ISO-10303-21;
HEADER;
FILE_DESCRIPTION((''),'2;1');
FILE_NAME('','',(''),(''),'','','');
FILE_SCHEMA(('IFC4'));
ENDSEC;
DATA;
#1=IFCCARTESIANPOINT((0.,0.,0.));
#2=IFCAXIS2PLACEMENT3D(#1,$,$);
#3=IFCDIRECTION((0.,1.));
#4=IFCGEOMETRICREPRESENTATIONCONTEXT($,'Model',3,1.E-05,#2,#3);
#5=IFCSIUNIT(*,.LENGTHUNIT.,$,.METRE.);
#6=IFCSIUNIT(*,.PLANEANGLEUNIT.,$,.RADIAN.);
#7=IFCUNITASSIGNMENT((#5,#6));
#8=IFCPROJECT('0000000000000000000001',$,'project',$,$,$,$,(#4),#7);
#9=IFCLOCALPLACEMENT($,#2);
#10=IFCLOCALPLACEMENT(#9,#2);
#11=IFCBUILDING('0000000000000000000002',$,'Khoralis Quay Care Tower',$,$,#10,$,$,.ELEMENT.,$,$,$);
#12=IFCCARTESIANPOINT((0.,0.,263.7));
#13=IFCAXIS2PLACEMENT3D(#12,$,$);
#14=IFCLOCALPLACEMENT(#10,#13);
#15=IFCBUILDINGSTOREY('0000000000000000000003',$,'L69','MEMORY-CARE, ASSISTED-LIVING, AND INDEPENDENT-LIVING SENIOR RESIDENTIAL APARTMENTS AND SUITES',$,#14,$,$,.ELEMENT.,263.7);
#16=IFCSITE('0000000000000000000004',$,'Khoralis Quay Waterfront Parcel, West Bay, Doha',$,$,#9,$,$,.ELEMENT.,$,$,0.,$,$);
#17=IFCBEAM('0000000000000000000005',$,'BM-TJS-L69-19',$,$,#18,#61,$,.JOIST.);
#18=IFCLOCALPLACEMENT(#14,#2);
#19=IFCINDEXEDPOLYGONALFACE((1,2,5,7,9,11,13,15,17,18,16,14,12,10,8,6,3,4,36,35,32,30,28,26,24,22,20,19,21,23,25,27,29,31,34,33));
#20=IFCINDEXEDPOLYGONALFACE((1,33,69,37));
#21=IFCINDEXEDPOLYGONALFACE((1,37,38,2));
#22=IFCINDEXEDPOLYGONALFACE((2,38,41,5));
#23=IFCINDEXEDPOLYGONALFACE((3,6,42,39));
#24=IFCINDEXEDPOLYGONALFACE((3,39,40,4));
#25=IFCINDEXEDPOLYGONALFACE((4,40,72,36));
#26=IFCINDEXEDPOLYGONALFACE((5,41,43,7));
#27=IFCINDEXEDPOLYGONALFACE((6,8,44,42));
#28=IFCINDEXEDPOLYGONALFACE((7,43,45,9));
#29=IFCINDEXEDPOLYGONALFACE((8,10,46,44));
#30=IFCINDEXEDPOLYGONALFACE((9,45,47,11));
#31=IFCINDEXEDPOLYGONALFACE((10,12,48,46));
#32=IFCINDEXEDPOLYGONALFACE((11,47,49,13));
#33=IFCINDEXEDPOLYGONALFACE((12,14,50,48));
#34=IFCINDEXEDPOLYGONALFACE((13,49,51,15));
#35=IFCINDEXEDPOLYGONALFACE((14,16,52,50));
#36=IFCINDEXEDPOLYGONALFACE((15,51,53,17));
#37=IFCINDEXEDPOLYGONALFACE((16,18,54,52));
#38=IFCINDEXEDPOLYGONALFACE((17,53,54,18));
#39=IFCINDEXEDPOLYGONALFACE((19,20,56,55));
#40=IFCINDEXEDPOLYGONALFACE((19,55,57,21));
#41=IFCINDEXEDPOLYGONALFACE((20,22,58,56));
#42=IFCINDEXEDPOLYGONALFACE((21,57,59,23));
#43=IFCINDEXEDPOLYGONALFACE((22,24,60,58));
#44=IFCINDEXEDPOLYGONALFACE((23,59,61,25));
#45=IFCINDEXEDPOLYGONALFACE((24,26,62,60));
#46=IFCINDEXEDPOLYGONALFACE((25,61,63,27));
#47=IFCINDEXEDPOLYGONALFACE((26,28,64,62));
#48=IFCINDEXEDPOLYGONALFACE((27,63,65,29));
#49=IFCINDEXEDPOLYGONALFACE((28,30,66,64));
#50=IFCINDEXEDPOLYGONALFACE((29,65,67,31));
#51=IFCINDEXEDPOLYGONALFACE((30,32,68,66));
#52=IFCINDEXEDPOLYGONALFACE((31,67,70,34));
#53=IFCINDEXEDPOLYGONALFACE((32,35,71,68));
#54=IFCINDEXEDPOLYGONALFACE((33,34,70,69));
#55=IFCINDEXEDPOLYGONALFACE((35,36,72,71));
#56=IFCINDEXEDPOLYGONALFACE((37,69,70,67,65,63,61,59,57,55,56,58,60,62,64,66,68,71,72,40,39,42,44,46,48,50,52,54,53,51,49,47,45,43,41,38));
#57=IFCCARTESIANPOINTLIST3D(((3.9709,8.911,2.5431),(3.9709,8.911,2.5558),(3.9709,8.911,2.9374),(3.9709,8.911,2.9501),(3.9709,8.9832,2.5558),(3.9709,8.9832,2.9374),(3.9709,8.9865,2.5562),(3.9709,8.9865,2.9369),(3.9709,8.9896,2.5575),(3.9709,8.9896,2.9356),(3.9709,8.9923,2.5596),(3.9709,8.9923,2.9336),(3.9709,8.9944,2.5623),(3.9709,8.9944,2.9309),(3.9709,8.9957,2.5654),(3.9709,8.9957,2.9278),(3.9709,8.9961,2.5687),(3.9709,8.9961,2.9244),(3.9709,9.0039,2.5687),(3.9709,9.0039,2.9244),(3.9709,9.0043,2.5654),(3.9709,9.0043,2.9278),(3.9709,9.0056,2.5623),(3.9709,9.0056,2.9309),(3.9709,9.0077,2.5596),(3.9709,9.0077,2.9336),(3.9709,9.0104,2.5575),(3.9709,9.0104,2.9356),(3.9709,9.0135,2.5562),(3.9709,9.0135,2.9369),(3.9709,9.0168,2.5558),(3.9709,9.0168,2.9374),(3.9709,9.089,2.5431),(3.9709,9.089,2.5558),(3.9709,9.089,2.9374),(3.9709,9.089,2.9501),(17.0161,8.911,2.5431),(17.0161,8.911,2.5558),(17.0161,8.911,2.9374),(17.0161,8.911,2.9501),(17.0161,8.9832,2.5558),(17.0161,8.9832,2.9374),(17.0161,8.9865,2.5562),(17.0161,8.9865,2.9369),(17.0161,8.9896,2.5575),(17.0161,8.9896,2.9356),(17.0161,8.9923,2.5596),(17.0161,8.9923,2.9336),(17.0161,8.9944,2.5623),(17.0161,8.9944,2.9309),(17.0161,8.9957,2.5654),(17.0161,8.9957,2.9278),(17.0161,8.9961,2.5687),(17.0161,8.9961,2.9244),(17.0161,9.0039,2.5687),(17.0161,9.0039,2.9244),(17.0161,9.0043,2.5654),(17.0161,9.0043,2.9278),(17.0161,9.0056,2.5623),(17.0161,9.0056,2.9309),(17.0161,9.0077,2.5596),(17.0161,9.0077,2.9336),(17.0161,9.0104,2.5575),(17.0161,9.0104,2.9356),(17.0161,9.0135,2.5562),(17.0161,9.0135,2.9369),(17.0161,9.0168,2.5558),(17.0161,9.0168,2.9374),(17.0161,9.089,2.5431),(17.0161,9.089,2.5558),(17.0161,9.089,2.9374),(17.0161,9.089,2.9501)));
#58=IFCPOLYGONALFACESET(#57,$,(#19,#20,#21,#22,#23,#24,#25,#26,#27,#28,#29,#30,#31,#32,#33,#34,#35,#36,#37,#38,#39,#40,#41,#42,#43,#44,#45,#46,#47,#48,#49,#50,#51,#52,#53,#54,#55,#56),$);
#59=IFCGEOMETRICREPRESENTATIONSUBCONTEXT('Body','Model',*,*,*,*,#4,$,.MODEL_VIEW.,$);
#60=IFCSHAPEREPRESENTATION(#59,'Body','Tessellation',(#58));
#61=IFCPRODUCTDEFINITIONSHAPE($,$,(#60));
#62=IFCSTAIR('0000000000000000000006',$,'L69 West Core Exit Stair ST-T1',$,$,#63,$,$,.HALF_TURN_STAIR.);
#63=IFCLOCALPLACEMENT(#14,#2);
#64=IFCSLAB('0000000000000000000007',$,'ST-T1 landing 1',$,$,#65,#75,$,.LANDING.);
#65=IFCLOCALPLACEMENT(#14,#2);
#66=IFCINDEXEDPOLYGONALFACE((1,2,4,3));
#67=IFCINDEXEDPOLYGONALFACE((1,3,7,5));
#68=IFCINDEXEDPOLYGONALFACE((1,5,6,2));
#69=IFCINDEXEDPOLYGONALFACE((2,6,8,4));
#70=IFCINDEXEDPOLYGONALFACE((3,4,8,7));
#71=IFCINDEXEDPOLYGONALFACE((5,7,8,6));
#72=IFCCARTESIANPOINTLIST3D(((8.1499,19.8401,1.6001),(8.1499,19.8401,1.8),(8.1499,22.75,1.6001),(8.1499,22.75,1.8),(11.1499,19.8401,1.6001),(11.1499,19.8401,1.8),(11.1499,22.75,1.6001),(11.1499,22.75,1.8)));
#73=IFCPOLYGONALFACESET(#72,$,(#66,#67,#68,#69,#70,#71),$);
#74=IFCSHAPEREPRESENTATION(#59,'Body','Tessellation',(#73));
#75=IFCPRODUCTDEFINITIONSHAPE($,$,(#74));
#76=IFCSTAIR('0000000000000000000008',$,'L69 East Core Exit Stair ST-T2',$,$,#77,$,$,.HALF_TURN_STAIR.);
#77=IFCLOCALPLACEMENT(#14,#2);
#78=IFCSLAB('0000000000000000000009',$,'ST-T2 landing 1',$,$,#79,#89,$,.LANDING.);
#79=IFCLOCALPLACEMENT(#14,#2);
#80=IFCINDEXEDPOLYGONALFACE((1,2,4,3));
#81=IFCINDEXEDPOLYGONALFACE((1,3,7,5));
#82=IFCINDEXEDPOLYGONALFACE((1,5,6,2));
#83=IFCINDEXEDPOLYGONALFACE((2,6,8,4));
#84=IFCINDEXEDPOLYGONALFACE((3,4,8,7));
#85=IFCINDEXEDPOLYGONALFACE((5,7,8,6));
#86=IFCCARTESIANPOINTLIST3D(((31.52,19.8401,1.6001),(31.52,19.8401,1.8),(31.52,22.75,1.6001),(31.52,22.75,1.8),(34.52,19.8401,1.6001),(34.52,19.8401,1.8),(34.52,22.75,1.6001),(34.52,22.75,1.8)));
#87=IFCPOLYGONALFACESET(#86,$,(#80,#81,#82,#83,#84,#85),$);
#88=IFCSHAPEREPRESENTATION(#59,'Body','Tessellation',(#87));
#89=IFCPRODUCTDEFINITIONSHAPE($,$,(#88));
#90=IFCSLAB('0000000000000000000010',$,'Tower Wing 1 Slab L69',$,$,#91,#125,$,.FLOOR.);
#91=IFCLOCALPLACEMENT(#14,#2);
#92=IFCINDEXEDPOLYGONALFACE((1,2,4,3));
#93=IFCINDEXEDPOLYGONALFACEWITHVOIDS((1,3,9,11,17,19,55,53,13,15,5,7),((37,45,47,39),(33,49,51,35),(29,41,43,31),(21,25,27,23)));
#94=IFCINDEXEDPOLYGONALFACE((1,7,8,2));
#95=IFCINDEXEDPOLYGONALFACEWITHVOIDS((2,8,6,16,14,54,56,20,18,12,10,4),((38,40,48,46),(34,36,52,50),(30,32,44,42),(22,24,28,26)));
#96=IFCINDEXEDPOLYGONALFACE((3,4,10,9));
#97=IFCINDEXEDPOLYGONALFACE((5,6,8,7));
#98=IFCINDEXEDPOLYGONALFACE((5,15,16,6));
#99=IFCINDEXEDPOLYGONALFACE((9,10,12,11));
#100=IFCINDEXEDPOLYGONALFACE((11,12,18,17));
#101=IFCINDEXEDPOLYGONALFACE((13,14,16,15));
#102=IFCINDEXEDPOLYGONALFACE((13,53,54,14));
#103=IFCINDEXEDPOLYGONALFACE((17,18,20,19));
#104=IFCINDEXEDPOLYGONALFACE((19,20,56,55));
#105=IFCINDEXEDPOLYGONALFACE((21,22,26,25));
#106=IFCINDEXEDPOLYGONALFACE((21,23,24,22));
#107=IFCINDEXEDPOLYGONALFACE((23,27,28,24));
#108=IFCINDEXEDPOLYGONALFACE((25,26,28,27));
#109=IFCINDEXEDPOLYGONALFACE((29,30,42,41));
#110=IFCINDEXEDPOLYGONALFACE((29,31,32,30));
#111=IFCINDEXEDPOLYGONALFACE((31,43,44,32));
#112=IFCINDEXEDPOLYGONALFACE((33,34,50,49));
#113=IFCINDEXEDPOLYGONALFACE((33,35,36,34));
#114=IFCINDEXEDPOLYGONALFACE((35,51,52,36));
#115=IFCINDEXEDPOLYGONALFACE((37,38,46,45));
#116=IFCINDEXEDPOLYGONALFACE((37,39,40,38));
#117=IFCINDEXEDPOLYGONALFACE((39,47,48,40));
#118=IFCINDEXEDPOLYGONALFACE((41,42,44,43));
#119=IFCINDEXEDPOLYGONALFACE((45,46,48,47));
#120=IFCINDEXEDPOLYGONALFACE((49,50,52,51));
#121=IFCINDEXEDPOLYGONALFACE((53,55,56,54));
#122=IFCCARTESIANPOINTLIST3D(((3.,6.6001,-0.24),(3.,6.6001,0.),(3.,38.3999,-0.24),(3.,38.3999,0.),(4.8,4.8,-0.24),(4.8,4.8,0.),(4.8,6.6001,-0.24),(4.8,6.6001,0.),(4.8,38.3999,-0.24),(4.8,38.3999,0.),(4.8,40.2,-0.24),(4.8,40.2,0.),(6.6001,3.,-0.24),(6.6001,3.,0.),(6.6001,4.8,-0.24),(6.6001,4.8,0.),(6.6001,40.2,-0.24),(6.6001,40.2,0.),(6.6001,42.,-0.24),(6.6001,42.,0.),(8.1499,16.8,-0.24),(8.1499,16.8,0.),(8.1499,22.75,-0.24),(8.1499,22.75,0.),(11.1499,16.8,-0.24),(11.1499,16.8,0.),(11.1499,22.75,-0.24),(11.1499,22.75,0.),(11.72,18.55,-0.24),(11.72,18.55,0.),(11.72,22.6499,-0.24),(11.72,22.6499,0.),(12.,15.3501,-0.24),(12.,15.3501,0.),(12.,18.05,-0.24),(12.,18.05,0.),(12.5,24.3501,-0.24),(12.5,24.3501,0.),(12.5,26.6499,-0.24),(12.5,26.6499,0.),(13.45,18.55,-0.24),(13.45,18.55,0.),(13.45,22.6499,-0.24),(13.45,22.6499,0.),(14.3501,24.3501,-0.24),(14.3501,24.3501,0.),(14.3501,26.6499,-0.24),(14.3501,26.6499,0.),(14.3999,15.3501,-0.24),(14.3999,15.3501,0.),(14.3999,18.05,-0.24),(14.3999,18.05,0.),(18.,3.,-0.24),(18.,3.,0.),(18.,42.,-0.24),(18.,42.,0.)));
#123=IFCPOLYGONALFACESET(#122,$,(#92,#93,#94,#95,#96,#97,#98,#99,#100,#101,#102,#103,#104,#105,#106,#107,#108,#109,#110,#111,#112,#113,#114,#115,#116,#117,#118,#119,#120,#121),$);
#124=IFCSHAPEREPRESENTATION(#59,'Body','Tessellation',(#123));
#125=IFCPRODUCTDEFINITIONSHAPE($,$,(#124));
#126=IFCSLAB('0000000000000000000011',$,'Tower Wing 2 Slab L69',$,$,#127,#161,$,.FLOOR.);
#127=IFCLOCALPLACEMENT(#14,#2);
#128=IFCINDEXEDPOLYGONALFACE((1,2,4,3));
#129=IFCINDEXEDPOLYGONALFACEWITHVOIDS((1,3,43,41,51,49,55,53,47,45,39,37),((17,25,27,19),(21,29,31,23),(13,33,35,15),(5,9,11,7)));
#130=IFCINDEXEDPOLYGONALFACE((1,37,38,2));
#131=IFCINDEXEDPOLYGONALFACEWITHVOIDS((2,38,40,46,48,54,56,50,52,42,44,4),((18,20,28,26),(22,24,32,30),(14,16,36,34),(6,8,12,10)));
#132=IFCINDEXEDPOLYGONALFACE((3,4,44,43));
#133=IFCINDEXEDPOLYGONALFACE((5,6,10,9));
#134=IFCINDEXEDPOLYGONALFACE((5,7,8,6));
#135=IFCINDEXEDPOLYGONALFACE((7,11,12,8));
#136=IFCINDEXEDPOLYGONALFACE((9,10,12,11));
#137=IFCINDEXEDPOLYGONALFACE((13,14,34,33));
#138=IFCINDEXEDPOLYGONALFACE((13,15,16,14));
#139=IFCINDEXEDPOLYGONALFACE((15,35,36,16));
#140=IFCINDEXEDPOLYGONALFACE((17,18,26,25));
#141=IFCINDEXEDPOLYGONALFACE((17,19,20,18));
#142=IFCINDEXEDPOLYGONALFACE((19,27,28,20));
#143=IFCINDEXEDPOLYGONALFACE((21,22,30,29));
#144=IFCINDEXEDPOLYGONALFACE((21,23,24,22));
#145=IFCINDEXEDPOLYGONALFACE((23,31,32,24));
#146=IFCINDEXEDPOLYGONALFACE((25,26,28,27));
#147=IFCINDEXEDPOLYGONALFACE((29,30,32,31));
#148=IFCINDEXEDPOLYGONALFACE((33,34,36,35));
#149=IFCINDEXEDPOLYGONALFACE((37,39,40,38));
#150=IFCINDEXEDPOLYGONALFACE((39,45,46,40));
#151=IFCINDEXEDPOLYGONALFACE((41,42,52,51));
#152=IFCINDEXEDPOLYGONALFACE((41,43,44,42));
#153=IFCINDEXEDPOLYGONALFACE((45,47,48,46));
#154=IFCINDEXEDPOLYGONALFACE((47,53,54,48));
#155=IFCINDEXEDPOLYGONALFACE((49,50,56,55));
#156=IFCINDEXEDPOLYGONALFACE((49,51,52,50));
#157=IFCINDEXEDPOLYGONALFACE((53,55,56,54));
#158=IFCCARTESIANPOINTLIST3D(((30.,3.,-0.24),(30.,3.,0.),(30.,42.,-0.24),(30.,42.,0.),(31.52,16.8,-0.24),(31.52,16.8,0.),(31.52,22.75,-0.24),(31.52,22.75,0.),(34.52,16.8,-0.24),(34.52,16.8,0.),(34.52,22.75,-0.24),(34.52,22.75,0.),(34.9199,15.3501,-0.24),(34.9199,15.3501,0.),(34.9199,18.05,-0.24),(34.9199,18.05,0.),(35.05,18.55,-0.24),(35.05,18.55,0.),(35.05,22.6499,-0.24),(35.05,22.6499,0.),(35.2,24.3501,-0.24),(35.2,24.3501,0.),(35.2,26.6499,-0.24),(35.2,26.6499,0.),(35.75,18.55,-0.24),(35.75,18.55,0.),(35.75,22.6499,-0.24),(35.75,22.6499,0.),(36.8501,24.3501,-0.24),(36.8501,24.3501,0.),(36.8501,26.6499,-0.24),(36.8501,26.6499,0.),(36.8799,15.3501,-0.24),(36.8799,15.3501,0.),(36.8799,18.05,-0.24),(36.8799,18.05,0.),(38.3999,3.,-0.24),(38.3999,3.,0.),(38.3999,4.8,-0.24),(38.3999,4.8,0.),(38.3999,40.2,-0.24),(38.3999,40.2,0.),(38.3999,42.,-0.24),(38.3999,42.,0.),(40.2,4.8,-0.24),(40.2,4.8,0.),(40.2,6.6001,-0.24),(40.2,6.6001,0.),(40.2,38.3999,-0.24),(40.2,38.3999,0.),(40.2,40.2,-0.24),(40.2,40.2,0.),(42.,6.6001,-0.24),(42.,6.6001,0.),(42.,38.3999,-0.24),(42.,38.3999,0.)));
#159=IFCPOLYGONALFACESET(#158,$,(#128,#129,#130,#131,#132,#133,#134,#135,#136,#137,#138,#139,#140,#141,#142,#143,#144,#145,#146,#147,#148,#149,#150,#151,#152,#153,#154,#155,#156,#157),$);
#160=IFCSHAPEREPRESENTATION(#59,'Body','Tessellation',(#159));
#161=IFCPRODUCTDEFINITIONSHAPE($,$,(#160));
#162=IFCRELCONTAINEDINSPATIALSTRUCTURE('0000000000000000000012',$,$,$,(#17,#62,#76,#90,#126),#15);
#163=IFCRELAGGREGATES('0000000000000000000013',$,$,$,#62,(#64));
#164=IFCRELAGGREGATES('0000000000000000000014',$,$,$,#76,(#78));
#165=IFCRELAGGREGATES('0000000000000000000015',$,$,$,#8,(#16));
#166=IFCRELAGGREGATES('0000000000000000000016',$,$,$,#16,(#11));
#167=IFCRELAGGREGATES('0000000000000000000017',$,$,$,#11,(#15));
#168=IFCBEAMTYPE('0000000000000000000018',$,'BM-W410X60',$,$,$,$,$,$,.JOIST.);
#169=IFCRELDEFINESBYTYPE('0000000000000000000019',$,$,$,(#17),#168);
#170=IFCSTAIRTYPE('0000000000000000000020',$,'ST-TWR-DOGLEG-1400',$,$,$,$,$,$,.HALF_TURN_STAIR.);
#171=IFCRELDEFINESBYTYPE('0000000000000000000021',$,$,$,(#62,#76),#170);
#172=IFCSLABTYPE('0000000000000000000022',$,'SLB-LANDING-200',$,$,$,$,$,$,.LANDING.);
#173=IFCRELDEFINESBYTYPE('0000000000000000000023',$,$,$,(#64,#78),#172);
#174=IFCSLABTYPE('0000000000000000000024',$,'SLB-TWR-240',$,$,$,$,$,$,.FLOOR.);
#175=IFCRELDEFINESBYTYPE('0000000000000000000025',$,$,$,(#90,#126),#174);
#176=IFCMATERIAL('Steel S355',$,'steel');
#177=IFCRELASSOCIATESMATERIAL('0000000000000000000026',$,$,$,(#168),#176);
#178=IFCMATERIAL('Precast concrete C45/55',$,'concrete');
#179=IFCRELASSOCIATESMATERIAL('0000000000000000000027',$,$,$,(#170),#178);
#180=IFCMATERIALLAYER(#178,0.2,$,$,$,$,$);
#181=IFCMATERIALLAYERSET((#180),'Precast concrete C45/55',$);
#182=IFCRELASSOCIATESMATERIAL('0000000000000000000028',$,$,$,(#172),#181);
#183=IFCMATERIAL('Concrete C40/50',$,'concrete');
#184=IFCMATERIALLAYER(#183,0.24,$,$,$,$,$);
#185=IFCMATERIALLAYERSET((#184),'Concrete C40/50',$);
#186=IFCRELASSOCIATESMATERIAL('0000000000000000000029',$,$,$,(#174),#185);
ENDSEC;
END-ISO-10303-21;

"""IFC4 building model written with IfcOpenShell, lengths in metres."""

from ifc_helpers import new_model, si_unit, direction, frame, origin, origin_2d, place, context, subcontext, project, spatial, polyline, i_section, outline, extrude, source, transform, mapped, material, layer, layer_set, material_profile, profile_set, type_object, element, aggregate, save


model = new_model("IFC4")

# Units and contexts
model_context = context("Model", 3, precision=1e-05, world=origin(), true_north=direction((0.0, 1.0)))
body_context = subcontext(model_context, "Body", "Model", "MODEL_VIEW")
ifc_project = project(units=[si_unit("LENGTHUNIT", "METRE"), si_unit("PLANEANGLEUNIT", "RADIAN")], contexts=[model_context])

# Site, building, storey
site_placement = place(None, origin())
site = spatial("IfcSite", under=ifc_project, at=site_placement, Name="Khoralis Quay Waterfront Parcel, West Bay, Doha", CompositionType="ELEMENT", RefElevation=0.0)
building_placement = place(site_placement, origin())
building = spatial("IfcBuilding", under=site, at=building_placement, Name="Khoralis Quay Care Tower", CompositionType="ELEMENT")
storey_placement = place(building_placement, frame((0.0, 0.0, 263.7)))
storey = spatial("IfcBuildingStorey", under=building, at=storey_placement, Name="L69", Description="MEMORY-CARE, ASSISTED-LIVING, AND INDEPENDENT-LIVING SENIOR RESIDENTIAL APARTMENTS AND SUITES", CompositionType="ELEMENT", Elevation=263.7)

# Beam
ifc_material_1 = material(Name="Steel S355", Category="steel")
ifc_material_profile = material_profile(ifc_material_1, i_section(OverallWidth=0.178, OverallDepth=0.407, WebThickness=0.0078, FlangeThickness=0.0127, FilletRadius=0.0129, at=origin_2d()), Name="Steel S355")
ifc_profile_set = profile_set([ifc_material_profile], Name="Steel S355")
beam_type = type_object("IfcBeamType", Name="BM-W410X60", PredefinedType="JOIST", material=ifc_profile_set)
shared_shape_1 = source(origin(), body_context, "Body", "SweptSolid", [
    extrude(i_section(OverallWidth=0.178, OverallDepth=0.407, WebThickness=0.0078, FlangeThickness=0.0127, FilletRadius=0.0129, at=origin_2d()), origin(), (0.0, 0.0, 1.0), 13.0452),
])
beam_placement = place(storey_placement, frame((3.9709, 9.0, 2.7466), z_axis=(1.0, 0.0, 0.0), x_axis=(0.0, 1.0, 0.0)))
element("IfcBeam", 1, at=beam_placement, inside=storey, type_object=beam_type, Name="BM-TJS-L69-19", PredefinedType="JOIST", context=body_context, shape_type="MappedRepresentation", body=[
    mapped(shared_shape_1, transform((0.0, 0.0, 0.0), scale=1.0)),
])

# Stairs, slabs
ifc_material_2 = material(Name="Precast concrete C45/55", Category="concrete")
stair_type = type_object("IfcStairType", Name="ST-TWR-DOGLEG-1400", PredefinedType="HALF_TURN_STAIR", material=ifc_material_2)
stair_1_placement = place(storey_placement, origin())
stair_1 = element("IfcStair", 2, at=stair_1_placement, inside=storey, type_object=stair_type, Name="L69 West Core Exit Stair ST-T1", PredefinedType="HALF_TURN_STAIR")
ifc_layer_1 = layer(ifc_material_2, 0.2)
ifc_layer_set_1 = layer_set([ifc_layer_1], Name="Precast concrete C45/55")
slab_type_1 = type_object("IfcSlabType", Name="SLB-LANDING-200", PredefinedType="LANDING", material=ifc_layer_set_1)
slab_1_placement = place(storey_placement, frame((0.0, 0.0, 1.6001)))
slab_1 = element("IfcSlab", 3, at=slab_1_placement, type_object=slab_type_1, Name="ST-T1 landing 1", PredefinedType="LANDING", context=body_context, shape_type="SweptSolid", body=[
    extrude(outline(polyline([(11.1499, 19.8401), (11.1499, 22.75), (8.1499, 22.75), (8.1499, 19.8401), (11.1499, 19.8401)])), origin(), (0.0, 0.0, 1.0), 0.2),
])
aggregate(stair_1, [slab_1])
stair_2_placement = place(storey_placement, origin())
stair_2 = element("IfcStair", 4, at=stair_2_placement, inside=storey, type_object=stair_type, Name="L69 East Core Exit Stair ST-T2", PredefinedType="HALF_TURN_STAIR")
slab_2_placement = place(storey_placement, frame((0.0, 0.0, 1.6001)))
slab_2 = element("IfcSlab", 5, at=slab_2_placement, type_object=slab_type_1, Name="ST-T2 landing 1", PredefinedType="LANDING", context=body_context, shape_type="SweptSolid", body=[
    extrude(outline(polyline([(34.52, 19.8401), (34.52, 22.75), (31.52, 22.75), (31.52, 19.8401), (34.52, 19.8401)])), origin(), (0.0, 0.0, 1.0), 0.2),
])
aggregate(stair_2, [slab_2])

# Slabs
ifc_material_3 = material(Name="Concrete C40/50", Category="concrete")
ifc_layer_2 = layer(ifc_material_3, 0.24)
ifc_layer_set_2 = layer_set([ifc_layer_2], Name="Concrete C40/50")
slab_type_2 = type_object("IfcSlabType", Name="SLB-TWR-240", PredefinedType="FLOOR", material=ifc_layer_set_2)
slab_3_placement = place(storey_placement, frame((0.0, 0.0, -0.24)))
element("IfcSlab", 6, at=slab_3_placement, inside=storey, type_object=slab_type_2, Name="Tower Wing 1 Slab L69", PredefinedType="FLOOR", context=body_context, shape_type="SweptSolid", body=[
    extrude(outline(polyline([(6.6001, 3.0), (18.0, 3.0), (18.0, 42.0), (6.6001, 42.0), (6.6001, 40.2), (4.8, 40.2), (4.8, 38.3999), (3.0, 38.3999), (3.0, 6.6001), (4.8, 6.6001), (4.8, 4.8), (6.6001, 4.8), (6.6001, 3.0)]), holes=[polyline([(11.1499, 16.8), (11.1499, 22.75), (8.1499, 22.75), (8.1499, 16.8), (11.1499, 16.8)]), polyline([(12.0, 15.3501), (14.3999, 15.3501), (14.3999, 18.05), (12.0, 18.05), (12.0, 15.3501)]), polyline([(12.5, 24.3501), (14.3501, 24.3501), (14.3501, 26.6499), (12.5, 26.6499), (12.5, 24.3501)]), polyline([(11.72, 18.55), (13.45, 18.55), (13.45, 22.6499), (11.72, 22.6499), (11.72, 18.55)])]), origin(), (0.0, 0.0, 1.0), 0.24),
])
slab_4_placement = place(storey_placement, frame((0.0, 0.0, -0.24)))
element("IfcSlab", 7, at=slab_4_placement, inside=storey, type_object=slab_type_2, Name="Tower Wing 2 Slab L69", PredefinedType="FLOOR", context=body_context, shape_type="SweptSolid", body=[
    extrude(outline(polyline([(30.0, 3.0), (38.3999, 3.0), (38.3999, 4.8), (40.2, 4.8), (40.2, 6.6001), (42.0, 6.6001), (42.0, 38.3999), (40.2, 38.3999), (40.2, 40.2), (38.3999, 40.2), (38.3999, 42.0), (30.0, 42.0), (30.0, 3.0)]), holes=[polyline([(34.52, 16.8), (34.52, 22.75), (31.52, 22.75), (31.52, 16.8), (34.52, 16.8)]), polyline([(34.9199, 15.3501), (36.8799, 15.3501), (36.8799, 18.05), (34.9199, 18.05), (34.9199, 15.3501)]), polyline([(35.2, 24.3501), (36.8501, 24.3501), (36.8501, 26.6499), (35.2, 26.6499), (35.2, 24.3501)]), polyline([(35.05, 18.55), (35.75, 18.55), (35.75, 22.6499), (35.05, 22.6499), (35.05, 18.55)])]), origin(), (0.0, 0.0, 1.0), 0.24),
])

save(model, "model.ifc")
